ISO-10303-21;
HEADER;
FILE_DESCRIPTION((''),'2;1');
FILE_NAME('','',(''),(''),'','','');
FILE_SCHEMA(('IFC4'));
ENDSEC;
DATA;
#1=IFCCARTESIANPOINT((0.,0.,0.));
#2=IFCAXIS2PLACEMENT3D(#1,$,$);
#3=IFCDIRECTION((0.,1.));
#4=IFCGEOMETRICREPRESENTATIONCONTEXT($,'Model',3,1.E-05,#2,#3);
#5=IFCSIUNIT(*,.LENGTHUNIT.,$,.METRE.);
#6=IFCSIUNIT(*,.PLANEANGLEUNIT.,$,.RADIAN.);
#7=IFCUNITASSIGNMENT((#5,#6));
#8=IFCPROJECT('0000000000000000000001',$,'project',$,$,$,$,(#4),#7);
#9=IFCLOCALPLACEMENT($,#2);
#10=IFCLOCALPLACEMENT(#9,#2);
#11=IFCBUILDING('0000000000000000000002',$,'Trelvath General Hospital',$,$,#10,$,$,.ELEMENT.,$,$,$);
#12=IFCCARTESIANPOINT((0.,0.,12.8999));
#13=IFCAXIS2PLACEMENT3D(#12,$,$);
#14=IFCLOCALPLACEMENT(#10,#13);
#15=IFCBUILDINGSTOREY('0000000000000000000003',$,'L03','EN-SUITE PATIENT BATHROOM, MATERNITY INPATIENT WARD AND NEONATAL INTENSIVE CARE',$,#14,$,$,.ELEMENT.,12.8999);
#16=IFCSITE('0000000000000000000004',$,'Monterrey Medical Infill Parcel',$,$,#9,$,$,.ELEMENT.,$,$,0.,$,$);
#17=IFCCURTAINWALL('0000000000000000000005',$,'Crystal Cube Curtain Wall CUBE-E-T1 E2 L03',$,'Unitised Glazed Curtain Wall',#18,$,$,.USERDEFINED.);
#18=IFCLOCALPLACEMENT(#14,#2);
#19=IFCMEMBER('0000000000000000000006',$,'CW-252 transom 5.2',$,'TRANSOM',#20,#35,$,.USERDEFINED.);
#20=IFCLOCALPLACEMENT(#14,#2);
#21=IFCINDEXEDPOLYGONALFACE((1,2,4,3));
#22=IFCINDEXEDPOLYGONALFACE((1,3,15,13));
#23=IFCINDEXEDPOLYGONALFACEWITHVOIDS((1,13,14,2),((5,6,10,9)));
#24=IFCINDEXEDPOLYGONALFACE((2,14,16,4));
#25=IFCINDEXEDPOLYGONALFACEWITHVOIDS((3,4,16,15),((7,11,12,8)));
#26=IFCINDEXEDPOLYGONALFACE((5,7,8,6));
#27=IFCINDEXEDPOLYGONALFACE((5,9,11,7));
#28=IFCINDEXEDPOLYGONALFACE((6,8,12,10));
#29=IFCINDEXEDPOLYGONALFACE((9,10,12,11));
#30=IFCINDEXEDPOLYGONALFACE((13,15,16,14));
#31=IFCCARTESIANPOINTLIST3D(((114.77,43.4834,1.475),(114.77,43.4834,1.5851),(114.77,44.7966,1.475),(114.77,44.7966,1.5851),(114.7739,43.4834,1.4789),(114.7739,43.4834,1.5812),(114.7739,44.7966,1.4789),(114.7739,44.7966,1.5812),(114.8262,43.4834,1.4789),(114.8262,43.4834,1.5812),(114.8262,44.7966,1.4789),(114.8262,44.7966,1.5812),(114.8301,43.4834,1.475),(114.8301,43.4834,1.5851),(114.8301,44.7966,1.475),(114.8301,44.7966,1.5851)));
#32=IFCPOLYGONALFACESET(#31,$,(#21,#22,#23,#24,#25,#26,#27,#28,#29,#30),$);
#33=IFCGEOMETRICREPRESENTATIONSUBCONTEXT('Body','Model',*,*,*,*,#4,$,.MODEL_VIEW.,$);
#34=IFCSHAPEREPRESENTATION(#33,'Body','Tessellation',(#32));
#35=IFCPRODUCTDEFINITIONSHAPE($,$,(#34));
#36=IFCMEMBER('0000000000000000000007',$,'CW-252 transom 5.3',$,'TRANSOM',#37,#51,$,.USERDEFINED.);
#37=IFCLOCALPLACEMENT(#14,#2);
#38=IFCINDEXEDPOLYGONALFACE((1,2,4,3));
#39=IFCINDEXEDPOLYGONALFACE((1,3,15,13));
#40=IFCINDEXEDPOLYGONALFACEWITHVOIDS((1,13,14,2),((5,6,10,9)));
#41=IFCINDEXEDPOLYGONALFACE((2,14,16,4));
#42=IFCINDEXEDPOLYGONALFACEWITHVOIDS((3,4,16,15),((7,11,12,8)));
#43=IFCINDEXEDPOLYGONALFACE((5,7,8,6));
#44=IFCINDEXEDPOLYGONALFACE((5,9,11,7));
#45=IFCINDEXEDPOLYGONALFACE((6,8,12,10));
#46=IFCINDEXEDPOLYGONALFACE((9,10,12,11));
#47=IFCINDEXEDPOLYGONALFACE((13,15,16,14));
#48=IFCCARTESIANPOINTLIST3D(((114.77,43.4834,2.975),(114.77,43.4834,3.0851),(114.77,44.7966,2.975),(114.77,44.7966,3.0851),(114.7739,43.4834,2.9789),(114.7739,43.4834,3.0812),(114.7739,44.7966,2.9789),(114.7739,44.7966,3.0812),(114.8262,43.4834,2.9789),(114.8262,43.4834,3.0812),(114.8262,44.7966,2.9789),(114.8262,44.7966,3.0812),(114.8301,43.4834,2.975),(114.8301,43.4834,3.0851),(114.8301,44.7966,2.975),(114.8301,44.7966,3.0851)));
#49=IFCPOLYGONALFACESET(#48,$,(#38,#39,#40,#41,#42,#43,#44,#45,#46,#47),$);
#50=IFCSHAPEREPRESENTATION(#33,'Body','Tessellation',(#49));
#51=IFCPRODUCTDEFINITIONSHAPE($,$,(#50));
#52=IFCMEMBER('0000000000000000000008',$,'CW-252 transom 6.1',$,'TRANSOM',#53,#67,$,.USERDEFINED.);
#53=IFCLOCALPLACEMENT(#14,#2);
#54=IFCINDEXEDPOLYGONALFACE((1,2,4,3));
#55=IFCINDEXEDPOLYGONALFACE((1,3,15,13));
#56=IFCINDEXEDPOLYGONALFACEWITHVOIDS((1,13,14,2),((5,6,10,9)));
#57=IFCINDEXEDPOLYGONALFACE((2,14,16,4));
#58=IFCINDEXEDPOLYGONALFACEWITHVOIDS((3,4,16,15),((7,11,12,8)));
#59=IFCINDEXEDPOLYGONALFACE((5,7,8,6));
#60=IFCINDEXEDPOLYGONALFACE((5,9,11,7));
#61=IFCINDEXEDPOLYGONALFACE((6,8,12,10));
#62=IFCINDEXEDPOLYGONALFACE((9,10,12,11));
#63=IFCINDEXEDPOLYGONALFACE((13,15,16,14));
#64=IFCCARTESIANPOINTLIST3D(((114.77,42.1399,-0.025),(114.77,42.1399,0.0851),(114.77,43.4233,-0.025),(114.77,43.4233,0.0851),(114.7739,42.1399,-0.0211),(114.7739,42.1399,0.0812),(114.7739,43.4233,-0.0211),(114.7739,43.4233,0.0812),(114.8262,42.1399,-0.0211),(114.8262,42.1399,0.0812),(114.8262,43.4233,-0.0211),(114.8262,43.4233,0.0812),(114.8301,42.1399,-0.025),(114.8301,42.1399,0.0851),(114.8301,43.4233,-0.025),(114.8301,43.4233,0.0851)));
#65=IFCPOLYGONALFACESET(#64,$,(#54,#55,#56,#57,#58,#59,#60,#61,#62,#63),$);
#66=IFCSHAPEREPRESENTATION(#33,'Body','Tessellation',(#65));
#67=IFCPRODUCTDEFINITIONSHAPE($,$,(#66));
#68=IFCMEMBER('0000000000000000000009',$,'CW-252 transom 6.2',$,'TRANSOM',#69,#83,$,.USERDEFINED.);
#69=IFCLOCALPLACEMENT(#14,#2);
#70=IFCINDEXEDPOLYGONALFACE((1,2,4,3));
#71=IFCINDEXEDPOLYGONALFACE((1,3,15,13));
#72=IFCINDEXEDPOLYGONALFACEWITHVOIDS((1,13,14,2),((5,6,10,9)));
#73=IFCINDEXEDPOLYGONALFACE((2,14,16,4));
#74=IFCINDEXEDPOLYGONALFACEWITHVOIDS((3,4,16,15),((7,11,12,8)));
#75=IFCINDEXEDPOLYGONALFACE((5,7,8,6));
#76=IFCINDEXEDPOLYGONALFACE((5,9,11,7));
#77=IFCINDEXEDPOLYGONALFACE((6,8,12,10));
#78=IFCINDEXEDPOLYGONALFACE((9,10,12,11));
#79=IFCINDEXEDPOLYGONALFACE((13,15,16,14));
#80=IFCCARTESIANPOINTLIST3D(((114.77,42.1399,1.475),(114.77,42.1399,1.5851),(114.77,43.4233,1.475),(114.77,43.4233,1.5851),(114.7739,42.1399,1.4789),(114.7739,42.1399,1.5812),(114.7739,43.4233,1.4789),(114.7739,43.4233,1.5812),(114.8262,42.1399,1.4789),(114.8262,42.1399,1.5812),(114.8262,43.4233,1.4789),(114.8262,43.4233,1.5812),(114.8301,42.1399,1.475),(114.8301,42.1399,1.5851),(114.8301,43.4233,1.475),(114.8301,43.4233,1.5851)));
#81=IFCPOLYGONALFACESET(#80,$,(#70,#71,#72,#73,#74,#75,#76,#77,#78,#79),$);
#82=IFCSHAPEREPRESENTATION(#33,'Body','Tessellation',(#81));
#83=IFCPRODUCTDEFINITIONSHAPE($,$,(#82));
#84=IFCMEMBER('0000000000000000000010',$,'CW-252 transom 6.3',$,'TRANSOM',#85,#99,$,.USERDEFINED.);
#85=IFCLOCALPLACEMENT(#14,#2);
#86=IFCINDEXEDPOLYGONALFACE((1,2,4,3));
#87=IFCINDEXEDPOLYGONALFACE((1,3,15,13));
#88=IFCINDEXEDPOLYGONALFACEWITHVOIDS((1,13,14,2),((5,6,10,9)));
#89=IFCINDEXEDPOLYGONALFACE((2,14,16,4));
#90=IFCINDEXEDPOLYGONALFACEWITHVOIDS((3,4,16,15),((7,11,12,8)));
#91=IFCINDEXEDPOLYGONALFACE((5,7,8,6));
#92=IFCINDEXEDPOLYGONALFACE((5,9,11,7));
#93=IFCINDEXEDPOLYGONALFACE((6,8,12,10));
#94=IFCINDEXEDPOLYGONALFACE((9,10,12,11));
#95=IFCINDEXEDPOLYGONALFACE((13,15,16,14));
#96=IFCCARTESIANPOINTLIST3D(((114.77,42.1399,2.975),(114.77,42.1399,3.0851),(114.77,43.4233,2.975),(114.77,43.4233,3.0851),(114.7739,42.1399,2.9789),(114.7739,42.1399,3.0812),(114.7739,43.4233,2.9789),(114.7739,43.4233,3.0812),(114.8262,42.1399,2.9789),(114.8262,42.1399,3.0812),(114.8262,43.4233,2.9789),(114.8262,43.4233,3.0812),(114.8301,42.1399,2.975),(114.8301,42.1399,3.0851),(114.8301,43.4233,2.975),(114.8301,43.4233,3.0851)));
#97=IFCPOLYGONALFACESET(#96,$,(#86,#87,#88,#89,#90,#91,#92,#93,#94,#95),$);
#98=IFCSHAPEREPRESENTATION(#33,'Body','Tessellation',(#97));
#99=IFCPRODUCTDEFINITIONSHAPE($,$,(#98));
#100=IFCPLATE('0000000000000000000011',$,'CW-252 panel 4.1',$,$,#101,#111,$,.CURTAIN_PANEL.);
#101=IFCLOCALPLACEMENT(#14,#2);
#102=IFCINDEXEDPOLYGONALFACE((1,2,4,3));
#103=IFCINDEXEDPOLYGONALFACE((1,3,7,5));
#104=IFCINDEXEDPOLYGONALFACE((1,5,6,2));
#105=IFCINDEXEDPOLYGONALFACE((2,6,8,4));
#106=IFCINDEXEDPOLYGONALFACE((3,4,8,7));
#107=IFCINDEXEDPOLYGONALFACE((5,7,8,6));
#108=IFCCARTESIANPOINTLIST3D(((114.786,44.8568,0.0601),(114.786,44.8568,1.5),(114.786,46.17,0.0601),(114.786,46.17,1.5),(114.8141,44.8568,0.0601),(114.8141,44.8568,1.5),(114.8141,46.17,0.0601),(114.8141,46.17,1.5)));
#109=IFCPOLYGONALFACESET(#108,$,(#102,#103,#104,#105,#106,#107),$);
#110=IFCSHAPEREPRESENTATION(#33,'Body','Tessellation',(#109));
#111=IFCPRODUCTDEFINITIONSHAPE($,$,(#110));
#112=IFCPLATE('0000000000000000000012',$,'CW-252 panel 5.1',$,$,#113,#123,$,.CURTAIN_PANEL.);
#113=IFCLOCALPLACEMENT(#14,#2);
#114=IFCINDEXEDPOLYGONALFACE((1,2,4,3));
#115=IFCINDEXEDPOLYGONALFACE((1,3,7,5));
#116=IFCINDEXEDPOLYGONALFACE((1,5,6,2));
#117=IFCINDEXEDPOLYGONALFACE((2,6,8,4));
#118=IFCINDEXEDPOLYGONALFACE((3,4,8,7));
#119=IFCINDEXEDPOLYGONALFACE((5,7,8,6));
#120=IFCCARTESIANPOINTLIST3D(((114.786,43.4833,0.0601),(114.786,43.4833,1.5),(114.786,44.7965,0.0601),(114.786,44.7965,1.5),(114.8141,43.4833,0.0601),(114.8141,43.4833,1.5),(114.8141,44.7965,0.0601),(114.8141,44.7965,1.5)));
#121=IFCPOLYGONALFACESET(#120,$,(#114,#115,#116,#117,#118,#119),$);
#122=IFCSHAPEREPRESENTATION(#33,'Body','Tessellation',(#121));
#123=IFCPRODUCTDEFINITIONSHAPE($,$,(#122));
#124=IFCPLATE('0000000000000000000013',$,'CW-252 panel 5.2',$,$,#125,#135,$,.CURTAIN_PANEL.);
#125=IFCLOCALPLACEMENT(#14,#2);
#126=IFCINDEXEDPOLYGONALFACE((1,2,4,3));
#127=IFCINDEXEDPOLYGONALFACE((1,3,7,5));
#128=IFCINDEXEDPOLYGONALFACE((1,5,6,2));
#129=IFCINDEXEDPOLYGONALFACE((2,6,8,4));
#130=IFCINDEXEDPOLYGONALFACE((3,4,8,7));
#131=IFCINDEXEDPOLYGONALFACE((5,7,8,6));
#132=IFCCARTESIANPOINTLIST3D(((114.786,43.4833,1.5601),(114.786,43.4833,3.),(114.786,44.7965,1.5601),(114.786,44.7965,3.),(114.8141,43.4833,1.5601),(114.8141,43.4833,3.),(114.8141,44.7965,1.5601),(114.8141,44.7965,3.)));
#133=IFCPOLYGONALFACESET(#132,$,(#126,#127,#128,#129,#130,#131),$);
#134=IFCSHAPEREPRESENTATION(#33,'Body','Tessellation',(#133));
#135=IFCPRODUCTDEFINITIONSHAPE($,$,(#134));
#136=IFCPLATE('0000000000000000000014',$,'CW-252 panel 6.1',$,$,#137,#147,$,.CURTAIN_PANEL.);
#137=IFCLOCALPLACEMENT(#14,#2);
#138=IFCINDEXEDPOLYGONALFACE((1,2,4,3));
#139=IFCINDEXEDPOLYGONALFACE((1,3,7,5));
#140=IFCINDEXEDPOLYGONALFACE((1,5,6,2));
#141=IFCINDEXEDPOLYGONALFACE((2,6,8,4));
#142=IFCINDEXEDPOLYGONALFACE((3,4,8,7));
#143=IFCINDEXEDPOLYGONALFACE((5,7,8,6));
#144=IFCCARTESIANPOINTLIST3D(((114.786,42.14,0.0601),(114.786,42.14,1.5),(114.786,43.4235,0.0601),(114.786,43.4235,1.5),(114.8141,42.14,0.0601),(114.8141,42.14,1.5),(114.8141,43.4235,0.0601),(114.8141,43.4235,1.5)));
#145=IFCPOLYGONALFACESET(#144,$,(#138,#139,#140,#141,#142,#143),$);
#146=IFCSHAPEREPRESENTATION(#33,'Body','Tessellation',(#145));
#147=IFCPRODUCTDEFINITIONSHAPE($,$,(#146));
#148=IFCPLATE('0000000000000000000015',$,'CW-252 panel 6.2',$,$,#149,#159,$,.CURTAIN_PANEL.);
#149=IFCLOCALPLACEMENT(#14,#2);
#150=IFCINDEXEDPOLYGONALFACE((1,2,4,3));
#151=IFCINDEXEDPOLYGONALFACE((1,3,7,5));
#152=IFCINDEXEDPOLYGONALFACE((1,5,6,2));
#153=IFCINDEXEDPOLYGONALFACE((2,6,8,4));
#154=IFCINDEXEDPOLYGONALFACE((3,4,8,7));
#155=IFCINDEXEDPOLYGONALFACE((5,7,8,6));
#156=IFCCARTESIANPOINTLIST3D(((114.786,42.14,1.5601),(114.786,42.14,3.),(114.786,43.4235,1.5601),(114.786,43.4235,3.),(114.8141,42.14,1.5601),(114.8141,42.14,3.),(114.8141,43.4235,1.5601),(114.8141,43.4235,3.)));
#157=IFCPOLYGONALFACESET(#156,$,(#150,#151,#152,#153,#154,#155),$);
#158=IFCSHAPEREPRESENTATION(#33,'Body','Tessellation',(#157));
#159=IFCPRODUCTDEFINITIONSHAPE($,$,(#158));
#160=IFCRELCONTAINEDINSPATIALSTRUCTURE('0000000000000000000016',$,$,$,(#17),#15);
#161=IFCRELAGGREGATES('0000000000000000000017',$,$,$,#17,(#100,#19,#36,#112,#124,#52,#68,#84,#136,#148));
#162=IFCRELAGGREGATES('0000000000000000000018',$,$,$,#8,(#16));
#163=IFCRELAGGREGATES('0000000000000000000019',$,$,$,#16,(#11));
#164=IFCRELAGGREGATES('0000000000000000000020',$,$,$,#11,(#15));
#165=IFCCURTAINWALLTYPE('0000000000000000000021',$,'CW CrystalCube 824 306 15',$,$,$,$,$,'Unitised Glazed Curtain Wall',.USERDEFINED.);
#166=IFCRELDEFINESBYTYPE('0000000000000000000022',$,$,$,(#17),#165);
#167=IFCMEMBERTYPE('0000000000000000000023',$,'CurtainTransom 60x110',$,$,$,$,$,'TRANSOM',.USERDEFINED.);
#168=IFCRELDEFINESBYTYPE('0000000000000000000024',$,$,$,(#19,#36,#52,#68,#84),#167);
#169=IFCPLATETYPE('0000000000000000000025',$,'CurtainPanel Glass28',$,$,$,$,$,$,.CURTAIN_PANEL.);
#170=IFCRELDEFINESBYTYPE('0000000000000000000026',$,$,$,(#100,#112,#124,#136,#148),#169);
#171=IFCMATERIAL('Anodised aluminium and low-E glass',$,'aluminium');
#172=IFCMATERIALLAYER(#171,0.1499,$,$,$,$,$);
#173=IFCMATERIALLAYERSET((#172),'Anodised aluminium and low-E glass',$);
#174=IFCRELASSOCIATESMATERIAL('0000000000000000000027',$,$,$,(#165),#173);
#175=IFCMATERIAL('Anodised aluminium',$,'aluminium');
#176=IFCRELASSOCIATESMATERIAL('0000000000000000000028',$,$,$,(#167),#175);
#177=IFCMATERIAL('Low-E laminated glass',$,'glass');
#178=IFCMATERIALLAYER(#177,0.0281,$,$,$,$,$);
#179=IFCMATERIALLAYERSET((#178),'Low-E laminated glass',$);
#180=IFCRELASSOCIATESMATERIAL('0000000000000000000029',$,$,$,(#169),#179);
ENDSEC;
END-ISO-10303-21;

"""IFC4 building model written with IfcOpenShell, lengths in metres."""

from ifc_helpers import new_model, si_unit, direction, frame, origin, origin_2d, place, context, subcontext, project, spatial, rectangle, hollow_rectangle, extrude, material, layer, layer_set, material_profile, profile_set, type_object, element, aggregate, save


model = new_model("IFC4")

# Units and contexts
model_context = context("Model", 3, precision=1e-05, world=origin(), true_north=direction((0.0, 1.0)))
body_context = subcontext(model_context, "Body", "Model", "MODEL_VIEW")
ifc_project = project(units=[si_unit("LENGTHUNIT", "METRE"), si_unit("PLANEANGLEUNIT", "RADIAN")], contexts=[model_context])

# Site, building, storey
site_placement = place(None, origin())
site = spatial("IfcSite", under=ifc_project, at=site_placement, Name="Monterrey Medical Infill Parcel", CompositionType="ELEMENT", RefElevation=0.0)
building_placement = place(site_placement, origin())
building = spatial("IfcBuilding", under=site, at=building_placement, Name="Trelvath General Hospital", CompositionType="ELEMENT")
storey_placement = place(building_placement, frame((0.0, 0.0, 12.8999)))
storey = spatial("IfcBuildingStorey", under=building, at=storey_placement, Name="L03", Description="EN-SUITE PATIENT BATHROOM, MATERNITY INPATIENT WARD AND NEONATAL INTENSIVE CARE", CompositionType="ELEMENT", Elevation=12.8999)

# Curtain wall
ifc_material_1 = material(Name="Anodised aluminium and low-E glass", Category="aluminium")
ifc_layer_1 = layer(ifc_material_1, 0.1499)
ifc_layer_set_1 = layer_set([ifc_layer_1], Name="Anodised aluminium and low-E glass")
curtain_wall_type_1 = type_object("IfcCurtainWallType", Name="CW CrystalCube 824 306 15", ElementType="Unitised Glazed Curtain Wall", PredefinedType="USERDEFINED", material=ifc_layer_set_1)
curtain_wall_1_placement = place(storey_placement, origin())
curtain_wall_1 = element("IfcCurtainWall", 1, at=curtain_wall_1_placement, inside=storey, type_object=curtain_wall_type_1, Name="Crystal Cube Curtain Wall CUBE-E-T1 E2 L03", ObjectType="Unitised Glazed Curtain Wall", PredefinedType="USERDEFINED")

# Members
ifc_material_2 = material(Name="Anodised aluminium", Category="aluminium")
ifc_material_profile_1 = material_profile(ifc_material_2, hollow_rectangle(XDim=0.0601, YDim=0.1101, WallThickness=0.0039, at=origin_2d()), Name="RHS60x110x4")
ifc_profile_set_1 = profile_set([ifc_material_profile_1], Name="Anodised aluminium")
member_type_1 = type_object("IfcMemberType", Name="CurtainTransom 60x110", ElementType="TRANSOM", PredefinedType="USERDEFINED", material=ifc_profile_set_1)
member_1_placement = place(storey_placement, frame((114.8, 44.7966, 1.53), z_axis=(0.0, -1.0, 0.0), x_axis=(1.0, 0.0, 0.0)))
member_1 = element("IfcMember", 2, at=member_1_placement, type_object=member_type_1, Name="CW-252 transom 5.2", ObjectType="TRANSOM", PredefinedType="USERDEFINED", context=body_context, shape_type="SweptSolid", body=[
    extrude(hollow_rectangle(XDim=0.0601, YDim=0.1101, WallThickness=0.0039, at=origin_2d()), origin(), (0.0, 0.0, 1.0), 1.3132),
])
member_2_placement = place(storey_placement, frame((114.8, 44.7966, 3.03), z_axis=(0.0, -1.0, 0.0), x_axis=(1.0, 0.0, 0.0)))
member_2 = element("IfcMember", 3, at=member_2_placement, type_object=member_type_1, Name="CW-252 transom 5.3", ObjectType="TRANSOM", PredefinedType="USERDEFINED", context=body_context, shape_type="SweptSolid", body=[
    extrude(hollow_rectangle(XDim=0.0601, YDim=0.1101, WallThickness=0.0039, at=origin_2d()), origin(), (0.0, 0.0, 1.0), 1.3132),
])
member_3_placement = place(storey_placement, frame((114.8, 43.4233, 0.03), z_axis=(0.0, -1.0, 0.0), x_axis=(1.0, 0.0, 0.0)))
member_3 = element("IfcMember", 4, at=member_3_placement, type_object=member_type_1, Name="CW-252 transom 6.1", ObjectType="TRANSOM", PredefinedType="USERDEFINED", context=body_context, shape_type="SweptSolid", body=[
    extrude(hollow_rectangle(XDim=0.0601, YDim=0.1101, WallThickness=0.0039, at=origin_2d()), origin(), (0.0, 0.0, 1.0), 1.2834),
])
member_4_placement = place(storey_placement, frame((114.8, 43.4233, 1.53), z_axis=(0.0, -1.0, 0.0), x_axis=(1.0, 0.0, 0.0)))
member_4 = element("IfcMember", 5, at=member_4_placement, type_object=member_type_1, Name="CW-252 transom 6.2", ObjectType="TRANSOM", PredefinedType="USERDEFINED", context=body_context, shape_type="SweptSolid", body=[
    extrude(hollow_rectangle(XDim=0.0601, YDim=0.1101, WallThickness=0.0039, at=origin_2d()), origin(), (0.0, 0.0, 1.0), 1.2834),
])
member_5_placement = place(storey_placement, frame((114.8, 43.4233, 3.03), z_axis=(0.0, -1.0, 0.0), x_axis=(1.0, 0.0, 0.0)))
member_5 = element("IfcMember", 6, at=member_5_placement, type_object=member_type_1, Name="CW-252 transom 6.3", ObjectType="TRANSOM", PredefinedType="USERDEFINED", context=body_context, shape_type="SweptSolid", body=[
    extrude(hollow_rectangle(XDim=0.0601, YDim=0.1101, WallThickness=0.0039, at=origin_2d()), origin(), (0.0, 0.0, 1.0), 1.2834),
])

# Plates
ifc_material_3 = material(Name="Low-E laminated glass", Category="glass")
ifc_layer_2 = layer(ifc_material_3, 0.0281)
ifc_layer_set_2 = layer_set([ifc_layer_2], Name="Low-E laminated glass")
plate_type = type_object("IfcPlateType", Name="CurtainPanel Glass28", PredefinedType="CURTAIN_PANEL", material=ifc_layer_set_2)
plate_1_placement = place(storey_placement, frame((114.8, 45.5134, 0.0601), z_axis=(0.0, 0.0, 1.0), x_axis=(0.0, -1.0, 0.0)))
plate_1 = element("IfcPlate", 7, at=plate_1_placement, type_object=plate_type, Name="CW-252 panel 4.1", PredefinedType="CURTAIN_PANEL", context=body_context, shape_type="SweptSolid", body=[
    extrude(rectangle(XDim=1.3132, YDim=0.0281, at=origin_2d()), origin(), (0.0, 0.0, 1.0), 1.4399),
])
plate_2_placement = place(storey_placement, frame((114.8, 44.1399, 0.0601), z_axis=(0.0, 0.0, 1.0), x_axis=(0.0, -1.0, 0.0)))
plate_2 = element("IfcPlate", 8, at=plate_2_placement, type_object=plate_type, Name="CW-252 panel 5.1", PredefinedType="CURTAIN_PANEL", context=body_context, shape_type="SweptSolid", body=[
    extrude(rectangle(XDim=1.3132, YDim=0.0281, at=origin_2d()), origin(), (0.0, 0.0, 1.0), 1.4399),
])
plate_3_placement = place(storey_placement, frame((114.8, 44.1399, 1.5601), z_axis=(0.0, 0.0, 1.0), x_axis=(0.0, -1.0, 0.0)))
plate_3 = element("IfcPlate", 9, at=plate_3_placement, type_object=plate_type, Name="CW-252 panel 5.2", PredefinedType="CURTAIN_PANEL", context=body_context, shape_type="SweptSolid", body=[
    extrude(rectangle(XDim=1.3132, YDim=0.0281, at=origin_2d()), origin(), (0.0, 0.0, 1.0), 1.4399),
])
plate_4_placement = place(storey_placement, frame((114.8, 42.7817, 0.0601), z_axis=(0.0, 0.0, 1.0), x_axis=(0.0, -1.0, 0.0)))
plate_4 = element("IfcPlate", 10, at=plate_4_placement, type_object=plate_type, Name="CW-252 panel 6.1", PredefinedType="CURTAIN_PANEL", context=body_context, shape_type="SweptSolid", body=[
    extrude(rectangle(XDim=1.2834, YDim=0.0281, at=origin_2d()), origin(), (0.0, 0.0, 1.0), 1.4399),
])
plate_5_placement = place(storey_placement, frame((114.8, 42.7817, 1.5601), z_axis=(0.0, 0.0, 1.0), x_axis=(0.0, -1.0, 0.0)))
plate_5 = element("IfcPlate", 11, at=plate_5_placement, type_object=plate_type, Name="CW-252 panel 6.2", PredefinedType="CURTAIN_PANEL", context=body_context, shape_type="SweptSolid", body=[
    extrude(rectangle(XDim=1.2834, YDim=0.0281, at=origin_2d()), origin(), (0.0, 0.0, 1.0), 1.4399),
])
aggregate(curtain_wall_1, [plate_1, member_1, member_2, plate_2, plate_3, member_3, member_4, member_5, plate_4, plate_5])

save(model, "model.ifc")
